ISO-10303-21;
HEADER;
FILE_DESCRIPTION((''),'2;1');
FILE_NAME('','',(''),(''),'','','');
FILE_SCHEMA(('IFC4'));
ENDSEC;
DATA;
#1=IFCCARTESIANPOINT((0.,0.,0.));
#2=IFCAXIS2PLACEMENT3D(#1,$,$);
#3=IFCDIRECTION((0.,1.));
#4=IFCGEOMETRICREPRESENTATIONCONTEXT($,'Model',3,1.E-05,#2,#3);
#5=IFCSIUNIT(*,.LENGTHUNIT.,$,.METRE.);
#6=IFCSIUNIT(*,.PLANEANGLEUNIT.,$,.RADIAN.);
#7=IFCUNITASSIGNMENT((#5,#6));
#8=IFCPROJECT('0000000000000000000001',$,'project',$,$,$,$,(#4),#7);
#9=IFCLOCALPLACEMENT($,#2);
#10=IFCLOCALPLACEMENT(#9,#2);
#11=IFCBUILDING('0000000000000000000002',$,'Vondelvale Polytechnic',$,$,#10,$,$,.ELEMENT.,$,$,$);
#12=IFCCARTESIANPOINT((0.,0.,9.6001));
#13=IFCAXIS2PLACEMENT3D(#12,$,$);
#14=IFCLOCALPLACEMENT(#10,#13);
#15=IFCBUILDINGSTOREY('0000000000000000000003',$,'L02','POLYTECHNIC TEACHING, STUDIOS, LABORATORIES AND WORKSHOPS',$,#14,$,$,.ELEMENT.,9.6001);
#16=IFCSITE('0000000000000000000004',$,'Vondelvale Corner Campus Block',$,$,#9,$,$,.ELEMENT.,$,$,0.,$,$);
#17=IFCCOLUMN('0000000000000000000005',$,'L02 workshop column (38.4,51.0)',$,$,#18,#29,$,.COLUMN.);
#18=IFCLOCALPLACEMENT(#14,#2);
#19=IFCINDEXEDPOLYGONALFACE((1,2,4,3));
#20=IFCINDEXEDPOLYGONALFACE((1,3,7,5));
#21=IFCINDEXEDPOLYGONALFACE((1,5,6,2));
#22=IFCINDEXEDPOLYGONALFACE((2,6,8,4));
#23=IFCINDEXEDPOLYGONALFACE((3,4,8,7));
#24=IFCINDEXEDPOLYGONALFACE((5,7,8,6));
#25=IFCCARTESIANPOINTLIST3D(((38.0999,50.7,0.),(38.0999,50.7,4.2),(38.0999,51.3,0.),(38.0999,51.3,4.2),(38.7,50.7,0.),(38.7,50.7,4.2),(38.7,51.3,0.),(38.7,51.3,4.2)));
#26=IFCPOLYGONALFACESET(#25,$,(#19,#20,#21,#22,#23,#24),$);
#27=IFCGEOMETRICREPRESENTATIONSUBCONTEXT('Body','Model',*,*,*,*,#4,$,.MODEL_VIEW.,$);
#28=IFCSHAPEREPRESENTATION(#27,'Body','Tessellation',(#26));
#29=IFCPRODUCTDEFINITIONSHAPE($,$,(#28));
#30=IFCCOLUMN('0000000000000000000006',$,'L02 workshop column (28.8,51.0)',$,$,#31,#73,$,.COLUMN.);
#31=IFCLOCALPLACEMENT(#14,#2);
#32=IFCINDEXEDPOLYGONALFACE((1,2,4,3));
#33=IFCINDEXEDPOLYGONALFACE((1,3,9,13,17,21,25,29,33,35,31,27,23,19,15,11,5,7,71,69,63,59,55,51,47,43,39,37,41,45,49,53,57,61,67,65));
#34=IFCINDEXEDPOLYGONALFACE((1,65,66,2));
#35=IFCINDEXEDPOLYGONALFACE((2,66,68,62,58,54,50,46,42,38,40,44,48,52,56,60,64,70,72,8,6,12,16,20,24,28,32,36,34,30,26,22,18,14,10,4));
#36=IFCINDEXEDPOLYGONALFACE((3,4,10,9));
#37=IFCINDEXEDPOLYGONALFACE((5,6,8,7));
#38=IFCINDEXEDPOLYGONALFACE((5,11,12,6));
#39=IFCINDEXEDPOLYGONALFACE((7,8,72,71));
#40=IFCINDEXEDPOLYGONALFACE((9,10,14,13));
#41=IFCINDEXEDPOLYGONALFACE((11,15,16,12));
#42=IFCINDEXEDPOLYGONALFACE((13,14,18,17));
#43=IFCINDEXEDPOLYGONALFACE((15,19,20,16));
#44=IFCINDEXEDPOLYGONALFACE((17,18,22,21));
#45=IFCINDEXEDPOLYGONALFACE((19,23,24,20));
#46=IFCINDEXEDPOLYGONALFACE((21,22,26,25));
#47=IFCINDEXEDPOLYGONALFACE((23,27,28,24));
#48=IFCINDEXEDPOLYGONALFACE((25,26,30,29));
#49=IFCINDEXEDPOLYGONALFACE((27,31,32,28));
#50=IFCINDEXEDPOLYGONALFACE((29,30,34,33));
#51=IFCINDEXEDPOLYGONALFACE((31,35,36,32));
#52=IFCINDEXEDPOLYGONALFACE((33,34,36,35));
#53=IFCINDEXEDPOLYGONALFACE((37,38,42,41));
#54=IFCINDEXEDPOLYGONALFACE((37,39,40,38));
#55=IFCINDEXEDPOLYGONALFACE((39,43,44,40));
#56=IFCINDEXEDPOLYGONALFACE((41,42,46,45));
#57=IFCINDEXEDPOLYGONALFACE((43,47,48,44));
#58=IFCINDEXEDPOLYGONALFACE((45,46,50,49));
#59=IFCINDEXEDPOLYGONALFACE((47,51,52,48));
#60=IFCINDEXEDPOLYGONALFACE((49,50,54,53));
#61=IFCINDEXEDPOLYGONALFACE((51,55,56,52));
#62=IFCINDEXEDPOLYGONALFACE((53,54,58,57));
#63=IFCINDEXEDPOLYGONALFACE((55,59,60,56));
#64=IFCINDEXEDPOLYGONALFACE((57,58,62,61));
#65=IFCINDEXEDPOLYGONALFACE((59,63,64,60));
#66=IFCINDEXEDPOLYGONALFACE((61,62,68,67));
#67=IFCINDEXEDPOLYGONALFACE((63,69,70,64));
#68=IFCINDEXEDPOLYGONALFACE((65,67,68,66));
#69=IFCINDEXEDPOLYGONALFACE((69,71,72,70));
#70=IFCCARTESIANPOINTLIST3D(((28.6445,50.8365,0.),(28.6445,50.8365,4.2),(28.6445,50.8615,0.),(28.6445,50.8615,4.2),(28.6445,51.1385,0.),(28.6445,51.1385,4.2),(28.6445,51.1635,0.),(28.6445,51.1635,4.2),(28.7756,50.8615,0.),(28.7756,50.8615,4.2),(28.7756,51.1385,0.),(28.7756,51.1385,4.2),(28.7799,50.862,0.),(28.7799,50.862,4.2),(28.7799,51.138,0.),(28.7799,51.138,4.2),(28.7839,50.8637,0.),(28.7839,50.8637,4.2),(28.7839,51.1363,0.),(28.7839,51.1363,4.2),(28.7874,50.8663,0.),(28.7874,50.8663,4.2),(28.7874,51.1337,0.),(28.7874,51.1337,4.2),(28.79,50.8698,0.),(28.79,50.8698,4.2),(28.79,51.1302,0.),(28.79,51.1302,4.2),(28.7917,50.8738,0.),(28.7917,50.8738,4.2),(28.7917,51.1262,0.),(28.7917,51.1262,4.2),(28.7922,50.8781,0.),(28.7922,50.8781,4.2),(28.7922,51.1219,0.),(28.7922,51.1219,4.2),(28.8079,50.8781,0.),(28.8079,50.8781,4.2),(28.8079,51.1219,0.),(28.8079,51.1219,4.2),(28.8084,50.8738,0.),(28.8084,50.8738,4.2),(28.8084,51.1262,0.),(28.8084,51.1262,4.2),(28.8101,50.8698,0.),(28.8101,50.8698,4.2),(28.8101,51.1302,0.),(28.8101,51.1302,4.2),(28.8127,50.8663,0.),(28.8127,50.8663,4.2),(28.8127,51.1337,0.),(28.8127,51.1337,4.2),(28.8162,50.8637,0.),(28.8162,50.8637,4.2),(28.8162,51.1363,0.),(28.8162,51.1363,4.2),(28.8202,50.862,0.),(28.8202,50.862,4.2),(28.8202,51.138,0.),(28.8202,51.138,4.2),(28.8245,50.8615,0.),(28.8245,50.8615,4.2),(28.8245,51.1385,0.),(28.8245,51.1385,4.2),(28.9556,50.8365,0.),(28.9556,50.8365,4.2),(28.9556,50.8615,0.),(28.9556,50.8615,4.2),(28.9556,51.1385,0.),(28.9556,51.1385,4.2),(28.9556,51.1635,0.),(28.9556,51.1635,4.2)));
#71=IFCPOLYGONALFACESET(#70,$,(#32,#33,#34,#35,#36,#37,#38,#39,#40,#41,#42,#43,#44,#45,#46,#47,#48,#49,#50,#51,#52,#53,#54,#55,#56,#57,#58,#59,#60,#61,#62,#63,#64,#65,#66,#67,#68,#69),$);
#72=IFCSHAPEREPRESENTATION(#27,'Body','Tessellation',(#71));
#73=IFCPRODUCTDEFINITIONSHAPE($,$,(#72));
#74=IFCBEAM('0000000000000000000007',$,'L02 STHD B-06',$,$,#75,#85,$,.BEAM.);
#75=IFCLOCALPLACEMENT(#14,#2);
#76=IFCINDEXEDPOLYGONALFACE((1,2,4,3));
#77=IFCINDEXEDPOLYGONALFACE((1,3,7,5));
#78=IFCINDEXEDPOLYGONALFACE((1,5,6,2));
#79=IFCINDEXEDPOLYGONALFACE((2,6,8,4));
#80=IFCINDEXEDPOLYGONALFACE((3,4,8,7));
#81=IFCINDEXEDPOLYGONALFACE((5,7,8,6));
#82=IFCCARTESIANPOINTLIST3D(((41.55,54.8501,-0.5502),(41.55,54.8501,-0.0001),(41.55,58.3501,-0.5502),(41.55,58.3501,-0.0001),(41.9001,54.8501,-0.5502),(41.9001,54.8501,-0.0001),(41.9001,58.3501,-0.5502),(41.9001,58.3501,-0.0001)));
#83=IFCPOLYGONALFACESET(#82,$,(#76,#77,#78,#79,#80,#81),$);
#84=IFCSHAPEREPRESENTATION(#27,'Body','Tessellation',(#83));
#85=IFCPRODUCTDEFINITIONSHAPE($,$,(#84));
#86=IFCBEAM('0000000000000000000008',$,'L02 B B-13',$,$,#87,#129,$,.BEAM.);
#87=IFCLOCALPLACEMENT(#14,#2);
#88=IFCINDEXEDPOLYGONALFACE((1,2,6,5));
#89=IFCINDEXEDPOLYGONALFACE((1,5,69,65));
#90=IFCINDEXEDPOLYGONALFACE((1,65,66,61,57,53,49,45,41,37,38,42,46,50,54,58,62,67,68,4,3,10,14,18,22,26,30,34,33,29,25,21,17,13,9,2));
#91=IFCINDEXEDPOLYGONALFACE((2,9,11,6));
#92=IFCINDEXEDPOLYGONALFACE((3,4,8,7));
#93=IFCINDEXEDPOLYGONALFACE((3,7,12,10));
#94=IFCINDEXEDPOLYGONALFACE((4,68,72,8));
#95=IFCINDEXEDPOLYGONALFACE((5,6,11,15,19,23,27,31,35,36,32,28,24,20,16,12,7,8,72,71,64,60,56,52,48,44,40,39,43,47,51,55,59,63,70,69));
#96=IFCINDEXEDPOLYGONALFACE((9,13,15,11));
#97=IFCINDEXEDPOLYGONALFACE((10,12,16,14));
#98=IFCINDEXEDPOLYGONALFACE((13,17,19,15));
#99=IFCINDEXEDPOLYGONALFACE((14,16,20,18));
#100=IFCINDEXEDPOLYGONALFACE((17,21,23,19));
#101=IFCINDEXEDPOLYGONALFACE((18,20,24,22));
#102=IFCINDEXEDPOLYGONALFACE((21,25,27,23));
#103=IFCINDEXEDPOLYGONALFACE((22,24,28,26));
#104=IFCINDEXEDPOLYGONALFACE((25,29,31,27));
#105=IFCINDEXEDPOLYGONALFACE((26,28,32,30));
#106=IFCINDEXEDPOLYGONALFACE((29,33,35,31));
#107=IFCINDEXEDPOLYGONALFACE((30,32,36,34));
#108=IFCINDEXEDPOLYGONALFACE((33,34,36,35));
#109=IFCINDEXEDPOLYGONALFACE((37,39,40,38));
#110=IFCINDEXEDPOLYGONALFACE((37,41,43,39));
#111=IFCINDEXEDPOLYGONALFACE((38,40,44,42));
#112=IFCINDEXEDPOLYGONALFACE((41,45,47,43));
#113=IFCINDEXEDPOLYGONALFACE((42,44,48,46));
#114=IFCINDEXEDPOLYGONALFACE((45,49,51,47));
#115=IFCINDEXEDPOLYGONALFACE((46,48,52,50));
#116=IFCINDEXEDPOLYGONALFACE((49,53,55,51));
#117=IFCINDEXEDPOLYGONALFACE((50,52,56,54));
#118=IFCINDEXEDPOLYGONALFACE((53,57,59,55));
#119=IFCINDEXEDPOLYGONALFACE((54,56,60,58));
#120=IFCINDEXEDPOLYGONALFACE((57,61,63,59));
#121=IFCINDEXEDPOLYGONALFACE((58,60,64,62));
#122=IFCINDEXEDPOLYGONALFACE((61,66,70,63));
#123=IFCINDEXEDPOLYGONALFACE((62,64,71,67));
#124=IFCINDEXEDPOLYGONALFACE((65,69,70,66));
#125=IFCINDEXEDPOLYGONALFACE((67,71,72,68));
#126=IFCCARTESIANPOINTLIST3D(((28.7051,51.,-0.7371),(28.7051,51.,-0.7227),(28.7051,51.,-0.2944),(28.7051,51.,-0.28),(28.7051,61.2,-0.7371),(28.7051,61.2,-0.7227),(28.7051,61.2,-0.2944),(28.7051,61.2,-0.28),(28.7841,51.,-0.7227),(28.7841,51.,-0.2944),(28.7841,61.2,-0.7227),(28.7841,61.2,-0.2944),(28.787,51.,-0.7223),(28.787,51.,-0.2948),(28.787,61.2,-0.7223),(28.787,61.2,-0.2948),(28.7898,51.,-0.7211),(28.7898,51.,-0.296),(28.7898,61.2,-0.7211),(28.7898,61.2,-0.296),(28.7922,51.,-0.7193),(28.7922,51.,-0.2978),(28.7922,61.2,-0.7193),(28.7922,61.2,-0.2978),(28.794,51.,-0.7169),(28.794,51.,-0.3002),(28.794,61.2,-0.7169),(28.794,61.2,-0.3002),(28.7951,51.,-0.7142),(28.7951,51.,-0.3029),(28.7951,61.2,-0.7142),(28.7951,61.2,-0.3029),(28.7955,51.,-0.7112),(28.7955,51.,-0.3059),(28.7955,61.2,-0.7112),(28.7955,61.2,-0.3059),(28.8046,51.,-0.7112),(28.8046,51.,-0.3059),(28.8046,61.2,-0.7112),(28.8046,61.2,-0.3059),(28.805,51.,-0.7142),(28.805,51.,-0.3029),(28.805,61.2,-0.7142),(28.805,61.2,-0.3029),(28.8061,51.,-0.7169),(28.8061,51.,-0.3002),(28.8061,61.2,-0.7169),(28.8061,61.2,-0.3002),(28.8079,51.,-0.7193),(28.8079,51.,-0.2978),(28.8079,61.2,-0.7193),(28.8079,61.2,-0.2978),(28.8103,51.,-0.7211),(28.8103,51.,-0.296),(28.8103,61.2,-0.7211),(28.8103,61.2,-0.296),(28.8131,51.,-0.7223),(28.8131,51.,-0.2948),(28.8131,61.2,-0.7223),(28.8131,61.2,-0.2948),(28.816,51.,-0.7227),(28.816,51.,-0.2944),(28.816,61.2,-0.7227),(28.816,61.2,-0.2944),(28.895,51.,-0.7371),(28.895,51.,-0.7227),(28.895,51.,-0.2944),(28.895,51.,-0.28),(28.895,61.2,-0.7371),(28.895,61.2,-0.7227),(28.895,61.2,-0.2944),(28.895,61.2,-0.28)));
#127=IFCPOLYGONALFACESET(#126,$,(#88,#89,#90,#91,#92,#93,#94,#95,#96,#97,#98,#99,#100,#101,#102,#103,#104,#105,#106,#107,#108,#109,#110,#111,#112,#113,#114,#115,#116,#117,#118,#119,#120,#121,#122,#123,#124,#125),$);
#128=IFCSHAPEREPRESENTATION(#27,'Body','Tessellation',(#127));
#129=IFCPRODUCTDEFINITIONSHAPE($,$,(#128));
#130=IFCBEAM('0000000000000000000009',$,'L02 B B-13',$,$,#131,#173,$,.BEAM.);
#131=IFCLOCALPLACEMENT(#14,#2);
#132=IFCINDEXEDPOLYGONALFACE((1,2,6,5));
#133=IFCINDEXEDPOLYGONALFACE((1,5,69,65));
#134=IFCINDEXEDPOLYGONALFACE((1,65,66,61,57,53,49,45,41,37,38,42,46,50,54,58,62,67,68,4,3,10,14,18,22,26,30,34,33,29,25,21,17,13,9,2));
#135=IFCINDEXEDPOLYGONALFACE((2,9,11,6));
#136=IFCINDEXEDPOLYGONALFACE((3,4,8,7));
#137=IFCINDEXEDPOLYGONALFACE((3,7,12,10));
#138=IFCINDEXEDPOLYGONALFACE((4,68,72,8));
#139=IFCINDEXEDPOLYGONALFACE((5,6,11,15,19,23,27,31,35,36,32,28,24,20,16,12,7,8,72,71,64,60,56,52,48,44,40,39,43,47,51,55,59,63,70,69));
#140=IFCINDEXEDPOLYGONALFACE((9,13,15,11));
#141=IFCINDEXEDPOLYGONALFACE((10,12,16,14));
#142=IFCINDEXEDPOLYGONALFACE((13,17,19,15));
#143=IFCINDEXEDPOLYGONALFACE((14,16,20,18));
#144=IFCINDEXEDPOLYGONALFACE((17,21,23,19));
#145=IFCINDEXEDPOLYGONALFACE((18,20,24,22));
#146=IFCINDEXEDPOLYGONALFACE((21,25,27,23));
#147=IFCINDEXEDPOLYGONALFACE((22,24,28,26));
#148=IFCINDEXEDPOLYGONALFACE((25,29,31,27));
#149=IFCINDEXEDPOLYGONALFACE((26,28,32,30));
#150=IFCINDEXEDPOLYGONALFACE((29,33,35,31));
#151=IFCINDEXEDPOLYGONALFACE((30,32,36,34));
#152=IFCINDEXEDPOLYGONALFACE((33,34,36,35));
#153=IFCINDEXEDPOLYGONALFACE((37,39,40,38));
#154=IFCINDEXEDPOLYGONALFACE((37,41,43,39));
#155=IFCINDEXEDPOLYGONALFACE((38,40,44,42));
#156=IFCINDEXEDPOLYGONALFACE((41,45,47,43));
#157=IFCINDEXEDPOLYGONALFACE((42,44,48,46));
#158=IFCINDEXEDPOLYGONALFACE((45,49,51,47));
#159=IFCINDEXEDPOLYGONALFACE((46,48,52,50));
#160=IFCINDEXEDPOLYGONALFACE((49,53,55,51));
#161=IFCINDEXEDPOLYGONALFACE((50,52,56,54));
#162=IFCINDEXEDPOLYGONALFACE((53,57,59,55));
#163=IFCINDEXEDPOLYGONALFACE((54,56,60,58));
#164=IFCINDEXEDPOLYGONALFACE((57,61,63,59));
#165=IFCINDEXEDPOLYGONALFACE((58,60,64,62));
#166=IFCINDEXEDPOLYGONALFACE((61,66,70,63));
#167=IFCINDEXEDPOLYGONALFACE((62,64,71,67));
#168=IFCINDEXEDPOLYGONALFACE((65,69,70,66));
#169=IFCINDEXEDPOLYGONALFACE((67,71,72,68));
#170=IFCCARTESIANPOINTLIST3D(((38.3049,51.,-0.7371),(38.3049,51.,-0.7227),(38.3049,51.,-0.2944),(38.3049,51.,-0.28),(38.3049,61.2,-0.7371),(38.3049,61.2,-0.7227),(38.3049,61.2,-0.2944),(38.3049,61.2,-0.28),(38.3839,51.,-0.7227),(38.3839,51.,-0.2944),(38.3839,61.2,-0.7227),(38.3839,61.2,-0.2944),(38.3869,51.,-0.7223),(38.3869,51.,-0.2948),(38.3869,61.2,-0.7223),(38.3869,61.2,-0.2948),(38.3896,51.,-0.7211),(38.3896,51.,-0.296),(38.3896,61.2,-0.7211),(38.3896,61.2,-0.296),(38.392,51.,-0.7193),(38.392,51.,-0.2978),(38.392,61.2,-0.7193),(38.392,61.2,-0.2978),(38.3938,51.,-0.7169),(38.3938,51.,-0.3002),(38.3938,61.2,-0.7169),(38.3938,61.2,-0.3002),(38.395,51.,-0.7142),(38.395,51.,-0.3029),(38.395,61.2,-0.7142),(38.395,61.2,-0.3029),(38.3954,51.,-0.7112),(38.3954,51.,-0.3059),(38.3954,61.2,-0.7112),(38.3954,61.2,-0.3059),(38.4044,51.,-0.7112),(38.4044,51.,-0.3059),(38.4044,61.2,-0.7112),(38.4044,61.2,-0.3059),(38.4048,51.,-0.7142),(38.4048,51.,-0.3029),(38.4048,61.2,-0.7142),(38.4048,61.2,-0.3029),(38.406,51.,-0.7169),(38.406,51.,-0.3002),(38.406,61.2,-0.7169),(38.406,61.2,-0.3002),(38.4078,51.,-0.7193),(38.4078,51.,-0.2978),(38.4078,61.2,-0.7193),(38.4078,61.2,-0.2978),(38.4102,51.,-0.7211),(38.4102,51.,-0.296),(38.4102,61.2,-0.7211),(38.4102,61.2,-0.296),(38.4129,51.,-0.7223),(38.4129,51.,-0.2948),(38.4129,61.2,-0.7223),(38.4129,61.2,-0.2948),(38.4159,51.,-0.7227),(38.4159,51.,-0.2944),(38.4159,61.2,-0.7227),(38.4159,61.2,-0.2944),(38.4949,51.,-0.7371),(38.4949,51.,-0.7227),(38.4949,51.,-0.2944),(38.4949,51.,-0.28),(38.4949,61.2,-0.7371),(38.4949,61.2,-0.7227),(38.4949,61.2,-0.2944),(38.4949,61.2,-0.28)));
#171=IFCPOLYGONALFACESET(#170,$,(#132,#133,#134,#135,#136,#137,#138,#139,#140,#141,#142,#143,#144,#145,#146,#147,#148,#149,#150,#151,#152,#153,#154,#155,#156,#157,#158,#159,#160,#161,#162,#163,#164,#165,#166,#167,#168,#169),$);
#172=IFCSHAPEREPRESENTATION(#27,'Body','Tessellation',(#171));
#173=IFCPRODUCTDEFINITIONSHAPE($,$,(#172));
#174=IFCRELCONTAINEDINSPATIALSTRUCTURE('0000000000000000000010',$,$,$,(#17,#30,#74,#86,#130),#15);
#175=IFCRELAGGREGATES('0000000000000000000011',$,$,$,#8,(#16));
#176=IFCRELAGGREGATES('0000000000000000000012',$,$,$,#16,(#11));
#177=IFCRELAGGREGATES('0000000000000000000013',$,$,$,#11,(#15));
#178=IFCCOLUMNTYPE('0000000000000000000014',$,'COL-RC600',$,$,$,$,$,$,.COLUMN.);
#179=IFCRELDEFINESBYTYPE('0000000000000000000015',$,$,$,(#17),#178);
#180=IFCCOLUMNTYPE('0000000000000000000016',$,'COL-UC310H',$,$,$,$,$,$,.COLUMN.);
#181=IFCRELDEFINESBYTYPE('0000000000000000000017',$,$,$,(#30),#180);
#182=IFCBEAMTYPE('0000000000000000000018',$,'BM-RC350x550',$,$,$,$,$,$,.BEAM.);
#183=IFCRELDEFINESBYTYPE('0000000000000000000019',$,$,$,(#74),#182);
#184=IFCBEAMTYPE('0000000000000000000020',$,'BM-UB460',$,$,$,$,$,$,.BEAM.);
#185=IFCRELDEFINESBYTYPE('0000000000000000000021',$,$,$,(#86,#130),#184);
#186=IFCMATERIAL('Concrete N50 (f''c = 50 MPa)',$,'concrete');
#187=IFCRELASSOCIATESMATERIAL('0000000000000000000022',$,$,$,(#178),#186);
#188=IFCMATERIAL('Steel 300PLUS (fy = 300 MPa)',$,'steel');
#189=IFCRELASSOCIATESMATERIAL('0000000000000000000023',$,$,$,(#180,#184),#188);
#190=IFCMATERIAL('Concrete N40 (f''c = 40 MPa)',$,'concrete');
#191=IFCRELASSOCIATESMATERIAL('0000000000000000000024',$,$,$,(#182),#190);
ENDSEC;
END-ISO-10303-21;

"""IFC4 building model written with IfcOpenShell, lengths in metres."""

from ifc_helpers import new_model, si_unit, direction, frame, origin, origin_2d, place, context, subcontext, project, spatial, rectangle, i_section, extrude, material, material_profile, profile_set, type_object, element, save


model = new_model("IFC4")

# Units and contexts
model_context = context("Model", 3, precision=1e-05, world=origin(), true_north=direction((0.0, 1.0)))
body_context = subcontext(model_context, "Body", "Model", "MODEL_VIEW")
ifc_project = project(units=[si_unit("LENGTHUNIT", "METRE"), si_unit("PLANEANGLEUNIT", "RADIAN")], contexts=[model_context])

# Site, building, storey
site_placement = place(None, origin())
site = spatial("IfcSite", under=ifc_project, at=site_placement, Name="Vondelvale Corner Campus Block", CompositionType="ELEMENT", RefElevation=0.0)
building_placement = place(site_placement, origin())
building = spatial("IfcBuilding", under=site, at=building_placement, Name="Vondelvale Polytechnic", CompositionType="ELEMENT")
storey_placement = place(building_placement, frame((0.0, 0.0, 9.6001)))
storey = spatial("IfcBuildingStorey", under=building, at=storey_placement, Name="L02", Description="POLYTECHNIC TEACHING, STUDIOS, LABORATORIES AND WORKSHOPS", CompositionType="ELEMENT", Elevation=9.6001)

# Columns
ifc_material_1 = material(Name="Concrete N50 (f'c = 50 MPa)", Category="concrete")
ifc_material_profile_1 = material_profile(ifc_material_1, rectangle(XDim=0.6001, YDim=0.6001, at=origin_2d()), Name="RC-COL-600x600")
ifc_profile_set_1 = profile_set([ifc_material_profile_1], Name="Concrete N50 (f'c = 50 MPa)")
column_type_1 = type_object("IfcColumnType", Name="COL-RC600", PredefinedType="COLUMN", material=ifc_profile_set_1)
column_1_placement = place(storey_placement, frame((38.3999, 51.0, 0.0), z_axis=(0.0, 0.0, 1.0), x_axis=(1.0, 0.0, 0.0)))
element("IfcColumn", 1, at=column_1_placement, inside=storey, type_object=column_type_1, Name="L02 workshop column (38.4,51.0)", PredefinedType="COLUMN", context=body_context, shape_type="SweptSolid", body=[
    extrude(rectangle(XDim=0.6001, YDim=0.6001, at=origin_2d()), origin(), (0.0, 0.0, 1.0), 4.2),
])
ifc_material_2 = material(Name="Steel 300PLUS (fy = 300 MPa)", Category="steel")
ifc_material_profile_2 = material_profile(ifc_material_2, i_section(OverallWidth=0.311, OverallDepth=0.3269, WebThickness=0.0156, FlangeThickness=0.0249, FilletRadius=0.0166, at=origin_2d()), Name="310UC158")
ifc_profile_set_2 = profile_set([ifc_material_profile_2], Name="Steel 300PLUS (fy = 300 MPa)")
column_type_2 = type_object("IfcColumnType", Name="COL-UC310H", PredefinedType="COLUMN", material=ifc_profile_set_2)
column_2_placement = place(storey_placement, frame((28.8, 51.0, 0.0), z_axis=(0.0, 0.0, 1.0), x_axis=(1.0, 0.0, 0.0)))
element("IfcColumn", 2, at=column_2_placement, inside=storey, type_object=column_type_2, Name="L02 workshop column (28.8,51.0)", PredefinedType="COLUMN", context=body_context, shape_type="SweptSolid", body=[
    extrude(i_section(OverallWidth=0.311, OverallDepth=0.3269, WebThickness=0.0156, FlangeThickness=0.0249, FilletRadius=0.0166, at=origin_2d()), origin(), (0.0, 0.0, 1.0), 4.2),
])

# Beams
ifc_material_3 = material(Name="Concrete N40 (f'c = 40 MPa)", Category="concrete")
ifc_material_profile_3 = material_profile(ifc_material_3, rectangle(XDim=0.3501, YDim=0.55, at=origin_2d()), Name="RC-BM-350x550")
ifc_profile_set_3 = profile_set([ifc_material_profile_3], Name="Concrete N40 (f'c = 40 MPa)")
beam_type_1 = type_object("IfcBeamType", Name="BM-RC350x550", PredefinedType="BEAM", material=ifc_profile_set_3)
beam_1_placement = place(storey_placement, frame((41.7251, 54.8501, -0.2751), z_axis=(0.0, 1.0, 0.0), x_axis=(-1.0, 0.0, 0.0)))
element("IfcBeam", 3, at=beam_1_placement, inside=storey, type_object=beam_type_1, Name="L02 STHD B-06", PredefinedType="BEAM", context=body_context, shape_type="SweptSolid", body=[
    extrude(rectangle(XDim=0.3501, YDim=0.55, at=origin_2d()), origin(), (0.0, 0.0, 1.0), 3.5),
])
ifc_material_profile_4 = material_profile(ifc_material_2, i_section(OverallWidth=0.1899, OverallDepth=0.457, WebThickness=0.009, FlangeThickness=0.0144, FilletRadius=0.0115, at=origin_2d()), Name="460UB74.6")
ifc_profile_set_4 = profile_set([ifc_material_profile_4], Name="Steel 300PLUS (fy = 300 MPa)")
beam_type_2 = type_object("IfcBeamType", Name="BM-UB460", PredefinedType="BEAM", material=ifc_profile_set_4)
for number, where, z_axis, x_axis, name in (
    (4, (28.8, 51.0, -0.5085), (0.0, 1.0, 0.0), (-1.0, 0.0, 0.0), "L02 B B-13"),
    (5, (38.3999, 51.0, -0.5085), (0.0, 1.0, 0.0), (-1.0, 0.0, 0.0), "L02 B B-13"),
):
    element("IfcBeam", number, at=place(storey_placement, frame(where, z_axis=z_axis, x_axis=x_axis)), inside=storey, type_object=beam_type_2, Name=name, PredefinedType="BEAM", context=body_context, shape_type="SweptSolid", body=[
        extrude(i_section(OverallWidth=0.1899, OverallDepth=0.457, WebThickness=0.009, FlangeThickness=0.0144, FilletRadius=0.0115, at=origin_2d()), origin(), (0.0, 0.0, 1.0), 10.2),
    ])

save(model, "model.ifc")
